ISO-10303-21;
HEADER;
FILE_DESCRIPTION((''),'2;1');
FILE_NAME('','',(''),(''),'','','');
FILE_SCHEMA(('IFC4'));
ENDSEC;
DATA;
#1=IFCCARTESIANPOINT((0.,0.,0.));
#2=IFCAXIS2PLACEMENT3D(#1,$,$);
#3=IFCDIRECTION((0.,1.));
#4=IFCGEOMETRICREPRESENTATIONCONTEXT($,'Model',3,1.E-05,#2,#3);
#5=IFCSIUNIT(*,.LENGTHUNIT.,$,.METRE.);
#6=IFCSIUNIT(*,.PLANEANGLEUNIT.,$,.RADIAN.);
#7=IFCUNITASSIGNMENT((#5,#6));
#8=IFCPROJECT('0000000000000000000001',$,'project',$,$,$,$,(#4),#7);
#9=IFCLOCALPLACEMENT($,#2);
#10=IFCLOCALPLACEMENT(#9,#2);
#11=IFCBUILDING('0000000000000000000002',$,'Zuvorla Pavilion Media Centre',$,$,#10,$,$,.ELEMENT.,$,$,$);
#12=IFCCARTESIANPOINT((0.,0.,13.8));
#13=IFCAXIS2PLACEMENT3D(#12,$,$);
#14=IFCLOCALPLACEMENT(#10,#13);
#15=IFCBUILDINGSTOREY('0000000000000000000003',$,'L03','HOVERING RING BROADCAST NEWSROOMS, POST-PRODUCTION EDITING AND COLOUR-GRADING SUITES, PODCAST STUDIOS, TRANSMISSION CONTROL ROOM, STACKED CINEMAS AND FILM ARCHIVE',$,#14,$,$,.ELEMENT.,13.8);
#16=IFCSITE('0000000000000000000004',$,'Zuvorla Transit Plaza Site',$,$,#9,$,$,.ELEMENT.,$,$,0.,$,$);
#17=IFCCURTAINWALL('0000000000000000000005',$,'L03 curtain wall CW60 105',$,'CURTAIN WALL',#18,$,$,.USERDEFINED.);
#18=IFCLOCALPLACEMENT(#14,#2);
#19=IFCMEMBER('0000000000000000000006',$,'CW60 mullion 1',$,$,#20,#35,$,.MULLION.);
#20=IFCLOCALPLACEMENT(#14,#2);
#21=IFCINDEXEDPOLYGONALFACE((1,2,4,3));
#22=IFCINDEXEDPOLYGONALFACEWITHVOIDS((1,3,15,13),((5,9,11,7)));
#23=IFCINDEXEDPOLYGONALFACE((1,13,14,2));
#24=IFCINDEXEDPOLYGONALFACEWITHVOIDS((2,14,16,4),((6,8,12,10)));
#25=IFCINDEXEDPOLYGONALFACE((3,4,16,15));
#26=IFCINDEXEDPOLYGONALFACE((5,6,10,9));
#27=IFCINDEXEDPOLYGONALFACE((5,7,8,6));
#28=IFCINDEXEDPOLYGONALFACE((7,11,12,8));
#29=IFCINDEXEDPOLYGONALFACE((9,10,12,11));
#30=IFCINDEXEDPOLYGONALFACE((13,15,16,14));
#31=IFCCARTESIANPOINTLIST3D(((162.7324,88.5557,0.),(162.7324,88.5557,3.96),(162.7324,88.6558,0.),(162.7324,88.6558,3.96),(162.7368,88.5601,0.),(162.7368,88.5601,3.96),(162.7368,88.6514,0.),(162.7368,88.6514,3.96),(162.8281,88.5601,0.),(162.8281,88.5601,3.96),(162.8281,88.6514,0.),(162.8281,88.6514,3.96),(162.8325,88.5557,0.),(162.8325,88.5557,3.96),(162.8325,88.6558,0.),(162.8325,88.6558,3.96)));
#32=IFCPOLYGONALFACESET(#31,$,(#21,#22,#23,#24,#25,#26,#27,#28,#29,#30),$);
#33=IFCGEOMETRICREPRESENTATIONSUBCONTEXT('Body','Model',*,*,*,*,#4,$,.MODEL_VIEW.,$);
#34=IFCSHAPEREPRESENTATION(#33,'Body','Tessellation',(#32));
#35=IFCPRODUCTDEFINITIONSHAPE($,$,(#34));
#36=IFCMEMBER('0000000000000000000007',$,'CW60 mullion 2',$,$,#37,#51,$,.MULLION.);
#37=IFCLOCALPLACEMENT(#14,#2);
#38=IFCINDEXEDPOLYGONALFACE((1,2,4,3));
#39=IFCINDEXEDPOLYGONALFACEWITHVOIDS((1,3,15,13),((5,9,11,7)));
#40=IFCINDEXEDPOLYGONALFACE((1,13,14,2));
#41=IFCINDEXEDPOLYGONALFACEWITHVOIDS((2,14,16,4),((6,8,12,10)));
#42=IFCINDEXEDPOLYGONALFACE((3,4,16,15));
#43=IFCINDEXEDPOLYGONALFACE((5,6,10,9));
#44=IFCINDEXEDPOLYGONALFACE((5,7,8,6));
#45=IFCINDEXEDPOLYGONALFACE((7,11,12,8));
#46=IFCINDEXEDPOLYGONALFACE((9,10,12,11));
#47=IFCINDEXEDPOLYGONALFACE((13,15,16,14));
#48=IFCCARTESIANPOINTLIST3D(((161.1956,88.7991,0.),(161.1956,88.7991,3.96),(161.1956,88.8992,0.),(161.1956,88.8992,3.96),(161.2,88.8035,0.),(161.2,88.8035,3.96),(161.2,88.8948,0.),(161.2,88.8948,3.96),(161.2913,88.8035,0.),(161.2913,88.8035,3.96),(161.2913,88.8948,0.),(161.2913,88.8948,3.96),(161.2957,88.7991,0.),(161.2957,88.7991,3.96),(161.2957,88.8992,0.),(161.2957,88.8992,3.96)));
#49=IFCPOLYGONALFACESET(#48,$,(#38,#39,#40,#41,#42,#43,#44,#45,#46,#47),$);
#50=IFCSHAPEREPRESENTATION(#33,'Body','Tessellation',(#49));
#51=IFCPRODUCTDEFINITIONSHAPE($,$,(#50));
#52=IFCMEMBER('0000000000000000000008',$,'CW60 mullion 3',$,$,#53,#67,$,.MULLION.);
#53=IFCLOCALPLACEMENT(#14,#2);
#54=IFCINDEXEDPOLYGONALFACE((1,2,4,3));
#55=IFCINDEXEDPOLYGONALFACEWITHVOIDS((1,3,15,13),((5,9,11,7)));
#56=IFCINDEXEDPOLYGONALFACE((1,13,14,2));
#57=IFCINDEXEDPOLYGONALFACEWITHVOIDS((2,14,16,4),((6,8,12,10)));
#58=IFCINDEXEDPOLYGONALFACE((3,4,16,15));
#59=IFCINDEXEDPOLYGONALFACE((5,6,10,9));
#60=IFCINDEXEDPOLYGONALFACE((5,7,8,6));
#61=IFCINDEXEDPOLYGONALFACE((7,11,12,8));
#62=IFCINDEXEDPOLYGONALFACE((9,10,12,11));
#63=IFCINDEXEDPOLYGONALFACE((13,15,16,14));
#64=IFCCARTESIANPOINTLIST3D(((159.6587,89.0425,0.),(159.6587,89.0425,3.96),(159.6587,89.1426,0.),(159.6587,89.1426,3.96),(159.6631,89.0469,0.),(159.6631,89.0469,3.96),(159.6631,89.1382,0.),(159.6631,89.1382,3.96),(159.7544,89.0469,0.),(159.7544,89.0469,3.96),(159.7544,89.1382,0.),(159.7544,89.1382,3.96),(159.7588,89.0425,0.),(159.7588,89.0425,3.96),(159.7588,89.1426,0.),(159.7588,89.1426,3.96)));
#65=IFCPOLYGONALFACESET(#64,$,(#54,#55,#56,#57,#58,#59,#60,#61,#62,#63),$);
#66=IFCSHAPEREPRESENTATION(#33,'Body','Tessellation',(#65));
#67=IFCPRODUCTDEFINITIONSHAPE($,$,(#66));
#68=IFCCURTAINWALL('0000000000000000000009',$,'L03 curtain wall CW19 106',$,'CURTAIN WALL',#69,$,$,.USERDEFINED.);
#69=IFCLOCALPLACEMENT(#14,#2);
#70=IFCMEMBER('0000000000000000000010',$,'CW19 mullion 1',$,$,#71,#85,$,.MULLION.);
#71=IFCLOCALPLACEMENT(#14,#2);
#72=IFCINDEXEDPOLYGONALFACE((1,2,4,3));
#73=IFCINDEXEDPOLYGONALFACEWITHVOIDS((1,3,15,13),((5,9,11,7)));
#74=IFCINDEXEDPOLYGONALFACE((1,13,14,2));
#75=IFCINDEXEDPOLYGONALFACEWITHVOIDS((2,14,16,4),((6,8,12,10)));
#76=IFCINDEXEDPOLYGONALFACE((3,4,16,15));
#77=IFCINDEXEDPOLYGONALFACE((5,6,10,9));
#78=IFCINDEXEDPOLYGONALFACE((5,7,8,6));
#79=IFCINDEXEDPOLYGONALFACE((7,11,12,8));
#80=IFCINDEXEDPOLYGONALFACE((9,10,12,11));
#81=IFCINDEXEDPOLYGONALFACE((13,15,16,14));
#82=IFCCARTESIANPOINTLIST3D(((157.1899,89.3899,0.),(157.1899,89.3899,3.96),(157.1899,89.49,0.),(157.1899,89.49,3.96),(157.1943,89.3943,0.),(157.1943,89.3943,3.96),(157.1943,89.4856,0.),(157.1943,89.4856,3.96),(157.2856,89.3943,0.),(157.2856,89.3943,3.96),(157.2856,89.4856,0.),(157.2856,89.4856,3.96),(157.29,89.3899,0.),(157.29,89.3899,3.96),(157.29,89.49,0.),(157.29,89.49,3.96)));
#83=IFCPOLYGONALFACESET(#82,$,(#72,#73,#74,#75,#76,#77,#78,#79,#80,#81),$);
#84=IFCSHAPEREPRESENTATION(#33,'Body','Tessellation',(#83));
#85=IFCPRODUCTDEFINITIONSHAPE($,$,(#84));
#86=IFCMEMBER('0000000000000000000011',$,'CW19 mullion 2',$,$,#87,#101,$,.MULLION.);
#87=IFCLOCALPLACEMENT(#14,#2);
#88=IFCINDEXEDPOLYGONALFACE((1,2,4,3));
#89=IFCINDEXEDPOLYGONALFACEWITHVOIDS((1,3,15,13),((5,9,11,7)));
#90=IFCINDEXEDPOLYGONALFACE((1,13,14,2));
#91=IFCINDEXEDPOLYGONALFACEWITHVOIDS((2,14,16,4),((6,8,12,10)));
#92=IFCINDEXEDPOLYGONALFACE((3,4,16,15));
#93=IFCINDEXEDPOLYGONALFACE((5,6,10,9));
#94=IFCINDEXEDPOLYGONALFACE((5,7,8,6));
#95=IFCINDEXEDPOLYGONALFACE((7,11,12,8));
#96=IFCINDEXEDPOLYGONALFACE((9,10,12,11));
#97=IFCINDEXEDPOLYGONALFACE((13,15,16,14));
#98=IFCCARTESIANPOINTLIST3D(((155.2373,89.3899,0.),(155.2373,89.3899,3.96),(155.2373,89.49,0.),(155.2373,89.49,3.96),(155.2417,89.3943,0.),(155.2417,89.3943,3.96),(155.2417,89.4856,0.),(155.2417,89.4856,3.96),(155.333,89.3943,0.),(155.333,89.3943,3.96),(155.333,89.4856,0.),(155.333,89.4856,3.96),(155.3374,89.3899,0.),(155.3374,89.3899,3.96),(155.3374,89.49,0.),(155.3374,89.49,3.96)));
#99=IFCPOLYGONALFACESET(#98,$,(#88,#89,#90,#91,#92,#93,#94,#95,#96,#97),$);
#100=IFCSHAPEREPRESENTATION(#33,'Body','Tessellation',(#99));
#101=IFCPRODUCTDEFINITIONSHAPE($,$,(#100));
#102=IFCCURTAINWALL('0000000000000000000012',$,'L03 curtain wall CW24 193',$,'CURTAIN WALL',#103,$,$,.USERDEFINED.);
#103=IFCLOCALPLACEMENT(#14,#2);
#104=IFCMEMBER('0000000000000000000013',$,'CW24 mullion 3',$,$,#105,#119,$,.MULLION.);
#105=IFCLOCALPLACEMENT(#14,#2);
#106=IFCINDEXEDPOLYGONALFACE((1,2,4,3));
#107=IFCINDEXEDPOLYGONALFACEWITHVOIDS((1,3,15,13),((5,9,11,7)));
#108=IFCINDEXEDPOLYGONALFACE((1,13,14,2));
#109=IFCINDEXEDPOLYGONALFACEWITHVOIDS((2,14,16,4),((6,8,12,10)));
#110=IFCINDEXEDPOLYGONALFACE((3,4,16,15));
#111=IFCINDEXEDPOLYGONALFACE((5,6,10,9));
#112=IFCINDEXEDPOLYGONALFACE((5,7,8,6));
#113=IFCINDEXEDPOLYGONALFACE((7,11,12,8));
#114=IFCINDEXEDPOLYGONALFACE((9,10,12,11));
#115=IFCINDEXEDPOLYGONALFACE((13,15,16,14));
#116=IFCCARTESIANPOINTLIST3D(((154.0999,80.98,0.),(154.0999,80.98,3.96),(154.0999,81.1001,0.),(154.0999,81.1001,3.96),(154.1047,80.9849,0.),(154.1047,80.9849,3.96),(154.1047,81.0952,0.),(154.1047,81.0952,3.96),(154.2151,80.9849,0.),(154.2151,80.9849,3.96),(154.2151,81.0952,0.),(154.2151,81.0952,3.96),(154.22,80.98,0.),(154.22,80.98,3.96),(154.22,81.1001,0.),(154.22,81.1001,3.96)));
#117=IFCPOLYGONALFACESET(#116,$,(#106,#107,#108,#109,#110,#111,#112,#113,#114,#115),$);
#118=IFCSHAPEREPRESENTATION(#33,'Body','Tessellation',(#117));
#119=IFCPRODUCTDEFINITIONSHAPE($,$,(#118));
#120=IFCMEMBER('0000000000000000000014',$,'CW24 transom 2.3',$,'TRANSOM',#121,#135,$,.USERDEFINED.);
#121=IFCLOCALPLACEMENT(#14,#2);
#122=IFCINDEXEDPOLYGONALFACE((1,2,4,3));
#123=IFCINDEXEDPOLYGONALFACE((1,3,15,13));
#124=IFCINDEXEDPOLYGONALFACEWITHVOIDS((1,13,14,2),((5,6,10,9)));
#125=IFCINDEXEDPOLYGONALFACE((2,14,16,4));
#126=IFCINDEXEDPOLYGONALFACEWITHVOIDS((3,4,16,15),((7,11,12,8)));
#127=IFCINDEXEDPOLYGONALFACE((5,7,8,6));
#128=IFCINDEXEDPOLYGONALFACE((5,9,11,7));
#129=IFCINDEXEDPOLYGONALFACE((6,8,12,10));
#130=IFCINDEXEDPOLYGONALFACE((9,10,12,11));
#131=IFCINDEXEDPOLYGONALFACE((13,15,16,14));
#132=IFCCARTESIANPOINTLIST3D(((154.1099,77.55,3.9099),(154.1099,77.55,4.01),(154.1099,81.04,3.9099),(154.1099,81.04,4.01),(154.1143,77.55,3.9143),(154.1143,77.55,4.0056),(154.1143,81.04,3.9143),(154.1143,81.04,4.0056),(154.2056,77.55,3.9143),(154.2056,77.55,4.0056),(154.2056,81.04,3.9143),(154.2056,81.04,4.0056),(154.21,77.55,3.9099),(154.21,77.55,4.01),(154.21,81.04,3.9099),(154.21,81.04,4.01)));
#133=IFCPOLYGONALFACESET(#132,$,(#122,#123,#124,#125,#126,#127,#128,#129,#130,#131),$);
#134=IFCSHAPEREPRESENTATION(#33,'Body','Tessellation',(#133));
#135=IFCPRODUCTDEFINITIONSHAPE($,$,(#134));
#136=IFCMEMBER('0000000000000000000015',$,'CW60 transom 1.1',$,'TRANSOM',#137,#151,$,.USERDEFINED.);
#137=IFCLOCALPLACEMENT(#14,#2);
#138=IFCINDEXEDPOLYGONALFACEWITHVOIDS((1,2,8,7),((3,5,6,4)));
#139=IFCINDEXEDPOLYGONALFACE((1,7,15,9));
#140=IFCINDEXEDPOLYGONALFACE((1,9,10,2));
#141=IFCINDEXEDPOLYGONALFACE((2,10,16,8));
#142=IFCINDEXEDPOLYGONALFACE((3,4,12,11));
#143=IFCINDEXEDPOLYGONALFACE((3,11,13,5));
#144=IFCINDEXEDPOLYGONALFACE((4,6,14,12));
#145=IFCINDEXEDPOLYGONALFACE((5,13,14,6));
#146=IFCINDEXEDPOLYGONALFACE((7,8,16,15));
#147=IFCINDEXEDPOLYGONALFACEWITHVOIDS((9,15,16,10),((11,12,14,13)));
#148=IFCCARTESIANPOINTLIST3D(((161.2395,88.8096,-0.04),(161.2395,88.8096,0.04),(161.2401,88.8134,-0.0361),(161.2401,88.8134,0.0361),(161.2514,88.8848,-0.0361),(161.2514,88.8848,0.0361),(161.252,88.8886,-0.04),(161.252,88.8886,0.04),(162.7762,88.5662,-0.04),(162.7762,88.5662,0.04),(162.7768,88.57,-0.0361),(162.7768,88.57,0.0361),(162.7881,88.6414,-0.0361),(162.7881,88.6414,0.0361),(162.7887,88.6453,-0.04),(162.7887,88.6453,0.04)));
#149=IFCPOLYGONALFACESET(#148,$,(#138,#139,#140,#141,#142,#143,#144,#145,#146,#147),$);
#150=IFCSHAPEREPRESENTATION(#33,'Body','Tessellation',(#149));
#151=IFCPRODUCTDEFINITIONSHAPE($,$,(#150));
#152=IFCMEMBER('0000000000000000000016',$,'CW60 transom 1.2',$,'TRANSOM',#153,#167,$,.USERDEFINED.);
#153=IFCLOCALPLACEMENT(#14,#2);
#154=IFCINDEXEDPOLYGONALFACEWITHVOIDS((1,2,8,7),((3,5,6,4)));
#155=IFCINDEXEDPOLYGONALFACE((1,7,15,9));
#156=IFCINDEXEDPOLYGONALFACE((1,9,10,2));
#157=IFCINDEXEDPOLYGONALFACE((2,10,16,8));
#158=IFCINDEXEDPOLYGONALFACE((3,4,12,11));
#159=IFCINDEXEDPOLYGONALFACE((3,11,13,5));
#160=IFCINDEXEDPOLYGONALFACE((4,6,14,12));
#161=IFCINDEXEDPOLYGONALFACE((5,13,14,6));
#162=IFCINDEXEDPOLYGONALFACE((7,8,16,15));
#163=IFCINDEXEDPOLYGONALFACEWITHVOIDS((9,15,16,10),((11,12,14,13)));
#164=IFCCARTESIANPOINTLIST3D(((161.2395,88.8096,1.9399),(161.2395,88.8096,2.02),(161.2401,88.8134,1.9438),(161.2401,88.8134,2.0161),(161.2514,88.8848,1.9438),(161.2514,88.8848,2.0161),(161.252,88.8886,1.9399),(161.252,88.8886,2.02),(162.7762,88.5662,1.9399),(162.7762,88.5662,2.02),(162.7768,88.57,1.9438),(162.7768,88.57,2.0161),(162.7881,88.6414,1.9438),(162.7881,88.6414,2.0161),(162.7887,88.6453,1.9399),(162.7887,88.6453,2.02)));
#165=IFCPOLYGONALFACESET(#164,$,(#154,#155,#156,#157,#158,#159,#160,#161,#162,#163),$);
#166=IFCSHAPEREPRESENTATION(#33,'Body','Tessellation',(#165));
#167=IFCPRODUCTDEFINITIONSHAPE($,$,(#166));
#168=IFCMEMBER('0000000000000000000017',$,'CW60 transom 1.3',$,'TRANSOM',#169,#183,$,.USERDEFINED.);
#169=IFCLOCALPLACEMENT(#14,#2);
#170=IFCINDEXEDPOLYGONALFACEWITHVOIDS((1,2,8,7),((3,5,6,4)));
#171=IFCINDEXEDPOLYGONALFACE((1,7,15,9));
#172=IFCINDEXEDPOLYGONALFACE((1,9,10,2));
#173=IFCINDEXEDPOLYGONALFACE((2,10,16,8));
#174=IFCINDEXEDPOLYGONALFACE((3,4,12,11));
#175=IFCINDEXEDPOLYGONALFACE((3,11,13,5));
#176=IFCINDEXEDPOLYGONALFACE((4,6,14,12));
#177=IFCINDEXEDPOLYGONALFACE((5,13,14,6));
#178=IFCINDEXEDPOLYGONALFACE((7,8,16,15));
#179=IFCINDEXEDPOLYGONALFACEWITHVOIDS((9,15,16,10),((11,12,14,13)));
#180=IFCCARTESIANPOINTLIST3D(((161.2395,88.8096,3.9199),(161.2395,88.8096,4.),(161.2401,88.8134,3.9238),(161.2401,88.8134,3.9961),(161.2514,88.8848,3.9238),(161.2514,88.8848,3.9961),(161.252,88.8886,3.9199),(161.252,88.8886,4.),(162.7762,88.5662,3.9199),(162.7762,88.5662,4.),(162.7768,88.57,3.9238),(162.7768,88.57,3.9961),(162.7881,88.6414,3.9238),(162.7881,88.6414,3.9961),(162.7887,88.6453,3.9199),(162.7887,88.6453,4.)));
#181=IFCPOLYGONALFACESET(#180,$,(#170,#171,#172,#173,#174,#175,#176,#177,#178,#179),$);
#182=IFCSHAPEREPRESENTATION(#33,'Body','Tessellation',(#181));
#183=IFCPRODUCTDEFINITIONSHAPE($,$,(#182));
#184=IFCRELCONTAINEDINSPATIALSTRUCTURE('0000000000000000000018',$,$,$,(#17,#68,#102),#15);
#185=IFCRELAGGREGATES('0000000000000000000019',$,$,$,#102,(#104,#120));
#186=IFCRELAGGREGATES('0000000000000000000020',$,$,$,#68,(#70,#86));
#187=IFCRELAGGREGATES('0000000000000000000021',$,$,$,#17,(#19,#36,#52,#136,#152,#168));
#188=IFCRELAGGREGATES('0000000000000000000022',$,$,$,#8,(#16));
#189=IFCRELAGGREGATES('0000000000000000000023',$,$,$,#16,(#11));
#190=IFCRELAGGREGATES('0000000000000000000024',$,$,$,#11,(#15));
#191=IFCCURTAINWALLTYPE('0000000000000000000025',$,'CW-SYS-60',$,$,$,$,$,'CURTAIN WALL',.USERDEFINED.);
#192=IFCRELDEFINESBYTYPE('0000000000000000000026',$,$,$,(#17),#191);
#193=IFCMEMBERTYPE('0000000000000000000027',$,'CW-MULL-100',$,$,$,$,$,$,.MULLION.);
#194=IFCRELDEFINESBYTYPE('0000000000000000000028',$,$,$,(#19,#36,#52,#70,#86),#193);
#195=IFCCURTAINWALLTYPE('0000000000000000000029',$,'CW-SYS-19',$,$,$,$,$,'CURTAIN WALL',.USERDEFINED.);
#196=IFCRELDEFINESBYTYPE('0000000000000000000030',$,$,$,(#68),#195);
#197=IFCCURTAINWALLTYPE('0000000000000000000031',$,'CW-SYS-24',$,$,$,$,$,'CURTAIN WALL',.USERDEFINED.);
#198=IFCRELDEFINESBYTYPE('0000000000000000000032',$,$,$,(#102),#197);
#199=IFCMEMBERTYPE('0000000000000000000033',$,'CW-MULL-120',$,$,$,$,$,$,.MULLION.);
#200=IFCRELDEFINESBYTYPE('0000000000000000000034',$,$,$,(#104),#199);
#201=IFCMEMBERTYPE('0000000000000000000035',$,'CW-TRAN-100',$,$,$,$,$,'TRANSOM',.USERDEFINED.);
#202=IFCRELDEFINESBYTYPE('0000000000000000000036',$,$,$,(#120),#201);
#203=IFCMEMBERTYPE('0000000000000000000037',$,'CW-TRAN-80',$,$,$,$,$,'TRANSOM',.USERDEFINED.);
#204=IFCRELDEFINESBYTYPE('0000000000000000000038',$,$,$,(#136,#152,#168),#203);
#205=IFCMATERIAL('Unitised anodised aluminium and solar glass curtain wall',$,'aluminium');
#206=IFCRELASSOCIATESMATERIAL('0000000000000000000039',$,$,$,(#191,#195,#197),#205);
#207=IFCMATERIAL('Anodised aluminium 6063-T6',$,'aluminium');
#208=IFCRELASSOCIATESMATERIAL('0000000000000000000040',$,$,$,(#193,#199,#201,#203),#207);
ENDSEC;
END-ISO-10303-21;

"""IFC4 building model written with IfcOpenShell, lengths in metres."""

from ifc_helpers import new_model, si_unit, direction, frame, origin, origin_2d, place, context, subcontext, project, spatial, hollow_rectangle, extrude, material, material_profile, profile_set, type_object, element, aggregate, save


model = new_model("IFC4")

# Units and contexts
model_context = context("Model", 3, precision=1e-05, world=origin(), true_north=direction((0.0, 1.0)))
body_context = subcontext(model_context, "Body", "Model", "MODEL_VIEW")
ifc_project = project(units=[si_unit("LENGTHUNIT", "METRE"), si_unit("PLANEANGLEUNIT", "RADIAN")], contexts=[model_context])

# Site, building, storey
site_placement = place(None, origin())
site = spatial("IfcSite", under=ifc_project, at=site_placement, Name="Zuvorla Transit Plaza Site", CompositionType="ELEMENT", RefElevation=0.0)
building_placement = place(site_placement, origin())
building = spatial("IfcBuilding", under=site, at=building_placement, Name="Zuvorla Pavilion Media Centre", CompositionType="ELEMENT")
storey_placement = place(building_placement, frame((0.0, 0.0, 13.8)))
storey = spatial("IfcBuildingStorey", under=building, at=storey_placement, Name="L03", Description="HOVERING RING BROADCAST NEWSROOMS, POST-PRODUCTION EDITING AND COLOUR-GRADING SUITES, PODCAST STUDIOS, TRANSMISSION CONTROL ROOM, STACKED CINEMAS AND FILM ARCHIVE", CompositionType="ELEMENT", Elevation=13.8)

# Curtain walls, members
ifc_material_1 = material(Name="Unitised anodised aluminium and solar glass curtain wall", Category="aluminium")
curtain_wall_type_1 = type_object("IfcCurtainWallType", Name="CW-SYS-60", ElementType="CURTAIN WALL", PredefinedType="USERDEFINED", material=ifc_material_1)
curtain_wall_1_placement = place(storey_placement, origin())
curtain_wall_1 = element("IfcCurtainWall", 1, at=curtain_wall_1_placement, inside=storey, type_object=curtain_wall_type_1, Name="L03 curtain wall CW60 105", ObjectType="CURTAIN WALL", PredefinedType="USERDEFINED")
ifc_material_2 = material(Name="Anodised aluminium 6063-T6", Category="aluminium")
ifc_material_profile_1 = material_profile(ifc_material_2, hollow_rectangle(XDim=0.1001, YDim=0.1001, WallThickness=0.0044, at=origin_2d()), Name="ALU MULL 100x100")
ifc_profile_set_1 = profile_set([ifc_material_profile_1], Name="Anodised aluminium 6063-T6")
member_type_1 = type_object("IfcMemberType", Name="CW-MULL-100", PredefinedType="MULLION", material=ifc_profile_set_1)
member_1_placement = place(storey_placement, frame((162.7825, 88.6057, 0.0), z_axis=(0.0, 0.0, 1.0), x_axis=(1.0, 0.0, 0.0)))
member_1 = element("IfcMember", 2, at=member_1_placement, type_object=member_type_1, Name="CW60 mullion 1", PredefinedType="MULLION", context=body_context, shape_type="SweptSolid", body=[
    extrude(hollow_rectangle(XDim=0.1001, YDim=0.1001, WallThickness=0.0044, at=origin_2d()), origin(), (0.0, 0.0, 1.0), 3.96),
])
member_2_placement = place(storey_placement, frame((161.2456, 88.8491, 0.0), z_axis=(0.0, 0.0, 1.0), x_axis=(1.0, 0.0, 0.0)))
member_2 = element("IfcMember", 3, at=member_2_placement, type_object=member_type_1, Name="CW60 mullion 2", PredefinedType="MULLION", context=body_context, shape_type="SweptSolid", body=[
    extrude(hollow_rectangle(XDim=0.1001, YDim=0.1001, WallThickness=0.0044, at=origin_2d()), origin(), (0.0, 0.0, 1.0), 3.96),
])
member_3_placement = place(storey_placement, frame((159.7087, 89.0925, 0.0), z_axis=(0.0, 0.0, 1.0), x_axis=(1.0, 0.0, 0.0)))
member_3 = element("IfcMember", 4, at=member_3_placement, type_object=member_type_1, Name="CW60 mullion 3", PredefinedType="MULLION", context=body_context, shape_type="SweptSolid", body=[
    extrude(hollow_rectangle(XDim=0.1001, YDim=0.1001, WallThickness=0.0044, at=origin_2d()), origin(), (0.0, 0.0, 1.0), 3.96),
])
curtain_wall_type_2 = type_object("IfcCurtainWallType", Name="CW-SYS-19", ElementType="CURTAIN WALL", PredefinedType="USERDEFINED", material=ifc_material_1)
curtain_wall_2_placement = place(storey_placement, origin())
curtain_wall_2 = element("IfcCurtainWall", 5, at=curtain_wall_2_placement, inside=storey, type_object=curtain_wall_type_2, Name="L03 curtain wall CW19 106", ObjectType="CURTAIN WALL", PredefinedType="USERDEFINED")
member_4_placement = place(storey_placement, frame((157.24, 89.4399, 0.0), z_axis=(0.0, 0.0, 1.0), x_axis=(1.0, 0.0, 0.0)))
member_4 = element("IfcMember", 6, at=member_4_placement, type_object=member_type_1, Name="CW19 mullion 1", PredefinedType="MULLION", context=body_context, shape_type="SweptSolid", body=[
    extrude(hollow_rectangle(XDim=0.1001, YDim=0.1001, WallThickness=0.0044, at=origin_2d()), origin(), (0.0, 0.0, 1.0), 3.96),
])
member_5_placement = place(storey_placement, frame((155.2874, 89.4399, 0.0), z_axis=(0.0, 0.0, 1.0), x_axis=(1.0, 0.0, 0.0)))
member_5 = element("IfcMember", 7, at=member_5_placement, type_object=member_type_1, Name="CW19 mullion 2", PredefinedType="MULLION", context=body_context, shape_type="SweptSolid", body=[
    extrude(hollow_rectangle(XDim=0.1001, YDim=0.1001, WallThickness=0.0044, at=origin_2d()), origin(), (0.0, 0.0, 1.0), 3.96),
])
curtain_wall_type_3 = type_object("IfcCurtainWallType", Name="CW-SYS-24", ElementType="CURTAIN WALL", PredefinedType="USERDEFINED", material=ifc_material_1)
curtain_wall_3_placement = place(storey_placement, origin())
curtain_wall_3 = element("IfcCurtainWall", 8, at=curtain_wall_3_placement, inside=storey, type_object=curtain_wall_type_3, Name="L03 curtain wall CW24 193", ObjectType="CURTAIN WALL", PredefinedType="USERDEFINED")
ifc_material_profile_2 = material_profile(ifc_material_2, hollow_rectangle(XDim=0.1201, YDim=0.1201, WallThickness=0.0049, at=origin_2d()), Name="ALU MULL 120x120")
ifc_profile_set_2 = profile_set([ifc_material_profile_2], Name="Anodised aluminium 6063-T6")
member_type_2 = type_object("IfcMemberType", Name="CW-MULL-120", PredefinedType="MULLION", material=ifc_profile_set_2)
member_6_placement = place(storey_placement, frame((154.1599, 81.04, 0.0), z_axis=(0.0, 0.0, 1.0), x_axis=(1.0, 0.0, 0.0)))
member_6 = element("IfcMember", 9, at=member_6_placement, type_object=member_type_2, Name="CW24 mullion 3", PredefinedType="MULLION", context=body_context, shape_type="SweptSolid", body=[
    extrude(hollow_rectangle(XDim=0.1201, YDim=0.1201, WallThickness=0.0049, at=origin_2d()), origin(), (0.0, 0.0, 1.0), 3.96),
])
ifc_material_profile_3 = material_profile(ifc_material_2, hollow_rectangle(XDim=0.1001, YDim=0.1001, WallThickness=0.0044, at=origin_2d()), Name="ALU TRAN 100x100")
ifc_profile_set_3 = profile_set([ifc_material_profile_3], Name="Anodised aluminium 6063-T6")
member_type_3 = type_object("IfcMemberType", Name="CW-TRAN-100", ElementType="TRANSOM", PredefinedType="USERDEFINED", material=ifc_profile_set_3)
member_7_placement = place(storey_placement, frame((154.1599, 77.55, 3.96), z_axis=(0.0, 1.0, 0.0), x_axis=(-1.0, 0.0, 0.0)))
member_7 = element("IfcMember", 10, at=member_7_placement, type_object=member_type_3, Name="CW24 transom 2.3", ObjectType="TRANSOM", PredefinedType="USERDEFINED", context=body_context, shape_type="SweptSolid", body=[
    extrude(hollow_rectangle(XDim=0.1001, YDim=0.1001, WallThickness=0.0044, at=origin_2d()), origin(), (0.0, 0.0, 1.0), 3.49),
])

# Members
ifc_material_profile_4 = material_profile(ifc_material_2, hollow_rectangle(XDim=0.0801, YDim=0.0801, WallThickness=0.0039, at=origin_2d()), Name="ALU TRAN 80x80")
ifc_profile_set_4 = profile_set([ifc_material_profile_4], Name="Anodised aluminium 6063-T6")
member_type_4 = type_object("IfcMemberType", Name="CW-TRAN-80", ElementType="TRANSOM", PredefinedType="USERDEFINED", material=ifc_profile_set_4)
member_8_placement = place(storey_placement, frame((162.7825, 88.6057, 0.0), z_axis=(-0.987689, 0.15643, 0.0), x_axis=(-0.15643, -0.987689, 0.0)))
member_8 = element("IfcMember", 11, at=member_8_placement, type_object=member_type_4, Name="CW60 transom 1.1", ObjectType="TRANSOM", PredefinedType="USERDEFINED", context=body_context, shape_type="SweptSolid", body=[
    extrude(hollow_rectangle(XDim=0.0801, YDim=0.0801, WallThickness=0.0039, at=origin_2d()), origin(), (0.0, 0.0, 1.0), 1.5559),
])
member_9_placement = place(storey_placement, frame((162.7825, 88.6057, 1.98), z_axis=(-0.987689, 0.15643, 0.0), x_axis=(-0.15643, -0.987689, 0.0)))
member_9 = element("IfcMember", 12, at=member_9_placement, type_object=member_type_4, Name="CW60 transom 1.2", ObjectType="TRANSOM", PredefinedType="USERDEFINED", context=body_context, shape_type="SweptSolid", body=[
    extrude(hollow_rectangle(XDim=0.0801, YDim=0.0801, WallThickness=0.0039, at=origin_2d()), origin(), (0.0, 0.0, 1.0), 1.5559),
])
member_10_placement = place(storey_placement, frame((162.7825, 88.6057, 3.96), z_axis=(-0.987689, 0.15643, 0.0), x_axis=(-0.15643, -0.987689, 0.0)))
member_10 = element("IfcMember", 13, at=member_10_placement, type_object=member_type_4, Name="CW60 transom 1.3", ObjectType="TRANSOM", PredefinedType="USERDEFINED", context=body_context, shape_type="SweptSolid", body=[
    extrude(hollow_rectangle(XDim=0.0801, YDim=0.0801, WallThickness=0.0039, at=origin_2d()), origin(), (0.0, 0.0, 1.0), 1.5559),
])

aggregate(curtain_wall_3, [member_6, member_7])
aggregate(curtain_wall_2, [member_4, member_5])
aggregate(curtain_wall_1, [member_1, member_2, member_3, member_8, member_9, member_10])

save(model, "model.ifc")
